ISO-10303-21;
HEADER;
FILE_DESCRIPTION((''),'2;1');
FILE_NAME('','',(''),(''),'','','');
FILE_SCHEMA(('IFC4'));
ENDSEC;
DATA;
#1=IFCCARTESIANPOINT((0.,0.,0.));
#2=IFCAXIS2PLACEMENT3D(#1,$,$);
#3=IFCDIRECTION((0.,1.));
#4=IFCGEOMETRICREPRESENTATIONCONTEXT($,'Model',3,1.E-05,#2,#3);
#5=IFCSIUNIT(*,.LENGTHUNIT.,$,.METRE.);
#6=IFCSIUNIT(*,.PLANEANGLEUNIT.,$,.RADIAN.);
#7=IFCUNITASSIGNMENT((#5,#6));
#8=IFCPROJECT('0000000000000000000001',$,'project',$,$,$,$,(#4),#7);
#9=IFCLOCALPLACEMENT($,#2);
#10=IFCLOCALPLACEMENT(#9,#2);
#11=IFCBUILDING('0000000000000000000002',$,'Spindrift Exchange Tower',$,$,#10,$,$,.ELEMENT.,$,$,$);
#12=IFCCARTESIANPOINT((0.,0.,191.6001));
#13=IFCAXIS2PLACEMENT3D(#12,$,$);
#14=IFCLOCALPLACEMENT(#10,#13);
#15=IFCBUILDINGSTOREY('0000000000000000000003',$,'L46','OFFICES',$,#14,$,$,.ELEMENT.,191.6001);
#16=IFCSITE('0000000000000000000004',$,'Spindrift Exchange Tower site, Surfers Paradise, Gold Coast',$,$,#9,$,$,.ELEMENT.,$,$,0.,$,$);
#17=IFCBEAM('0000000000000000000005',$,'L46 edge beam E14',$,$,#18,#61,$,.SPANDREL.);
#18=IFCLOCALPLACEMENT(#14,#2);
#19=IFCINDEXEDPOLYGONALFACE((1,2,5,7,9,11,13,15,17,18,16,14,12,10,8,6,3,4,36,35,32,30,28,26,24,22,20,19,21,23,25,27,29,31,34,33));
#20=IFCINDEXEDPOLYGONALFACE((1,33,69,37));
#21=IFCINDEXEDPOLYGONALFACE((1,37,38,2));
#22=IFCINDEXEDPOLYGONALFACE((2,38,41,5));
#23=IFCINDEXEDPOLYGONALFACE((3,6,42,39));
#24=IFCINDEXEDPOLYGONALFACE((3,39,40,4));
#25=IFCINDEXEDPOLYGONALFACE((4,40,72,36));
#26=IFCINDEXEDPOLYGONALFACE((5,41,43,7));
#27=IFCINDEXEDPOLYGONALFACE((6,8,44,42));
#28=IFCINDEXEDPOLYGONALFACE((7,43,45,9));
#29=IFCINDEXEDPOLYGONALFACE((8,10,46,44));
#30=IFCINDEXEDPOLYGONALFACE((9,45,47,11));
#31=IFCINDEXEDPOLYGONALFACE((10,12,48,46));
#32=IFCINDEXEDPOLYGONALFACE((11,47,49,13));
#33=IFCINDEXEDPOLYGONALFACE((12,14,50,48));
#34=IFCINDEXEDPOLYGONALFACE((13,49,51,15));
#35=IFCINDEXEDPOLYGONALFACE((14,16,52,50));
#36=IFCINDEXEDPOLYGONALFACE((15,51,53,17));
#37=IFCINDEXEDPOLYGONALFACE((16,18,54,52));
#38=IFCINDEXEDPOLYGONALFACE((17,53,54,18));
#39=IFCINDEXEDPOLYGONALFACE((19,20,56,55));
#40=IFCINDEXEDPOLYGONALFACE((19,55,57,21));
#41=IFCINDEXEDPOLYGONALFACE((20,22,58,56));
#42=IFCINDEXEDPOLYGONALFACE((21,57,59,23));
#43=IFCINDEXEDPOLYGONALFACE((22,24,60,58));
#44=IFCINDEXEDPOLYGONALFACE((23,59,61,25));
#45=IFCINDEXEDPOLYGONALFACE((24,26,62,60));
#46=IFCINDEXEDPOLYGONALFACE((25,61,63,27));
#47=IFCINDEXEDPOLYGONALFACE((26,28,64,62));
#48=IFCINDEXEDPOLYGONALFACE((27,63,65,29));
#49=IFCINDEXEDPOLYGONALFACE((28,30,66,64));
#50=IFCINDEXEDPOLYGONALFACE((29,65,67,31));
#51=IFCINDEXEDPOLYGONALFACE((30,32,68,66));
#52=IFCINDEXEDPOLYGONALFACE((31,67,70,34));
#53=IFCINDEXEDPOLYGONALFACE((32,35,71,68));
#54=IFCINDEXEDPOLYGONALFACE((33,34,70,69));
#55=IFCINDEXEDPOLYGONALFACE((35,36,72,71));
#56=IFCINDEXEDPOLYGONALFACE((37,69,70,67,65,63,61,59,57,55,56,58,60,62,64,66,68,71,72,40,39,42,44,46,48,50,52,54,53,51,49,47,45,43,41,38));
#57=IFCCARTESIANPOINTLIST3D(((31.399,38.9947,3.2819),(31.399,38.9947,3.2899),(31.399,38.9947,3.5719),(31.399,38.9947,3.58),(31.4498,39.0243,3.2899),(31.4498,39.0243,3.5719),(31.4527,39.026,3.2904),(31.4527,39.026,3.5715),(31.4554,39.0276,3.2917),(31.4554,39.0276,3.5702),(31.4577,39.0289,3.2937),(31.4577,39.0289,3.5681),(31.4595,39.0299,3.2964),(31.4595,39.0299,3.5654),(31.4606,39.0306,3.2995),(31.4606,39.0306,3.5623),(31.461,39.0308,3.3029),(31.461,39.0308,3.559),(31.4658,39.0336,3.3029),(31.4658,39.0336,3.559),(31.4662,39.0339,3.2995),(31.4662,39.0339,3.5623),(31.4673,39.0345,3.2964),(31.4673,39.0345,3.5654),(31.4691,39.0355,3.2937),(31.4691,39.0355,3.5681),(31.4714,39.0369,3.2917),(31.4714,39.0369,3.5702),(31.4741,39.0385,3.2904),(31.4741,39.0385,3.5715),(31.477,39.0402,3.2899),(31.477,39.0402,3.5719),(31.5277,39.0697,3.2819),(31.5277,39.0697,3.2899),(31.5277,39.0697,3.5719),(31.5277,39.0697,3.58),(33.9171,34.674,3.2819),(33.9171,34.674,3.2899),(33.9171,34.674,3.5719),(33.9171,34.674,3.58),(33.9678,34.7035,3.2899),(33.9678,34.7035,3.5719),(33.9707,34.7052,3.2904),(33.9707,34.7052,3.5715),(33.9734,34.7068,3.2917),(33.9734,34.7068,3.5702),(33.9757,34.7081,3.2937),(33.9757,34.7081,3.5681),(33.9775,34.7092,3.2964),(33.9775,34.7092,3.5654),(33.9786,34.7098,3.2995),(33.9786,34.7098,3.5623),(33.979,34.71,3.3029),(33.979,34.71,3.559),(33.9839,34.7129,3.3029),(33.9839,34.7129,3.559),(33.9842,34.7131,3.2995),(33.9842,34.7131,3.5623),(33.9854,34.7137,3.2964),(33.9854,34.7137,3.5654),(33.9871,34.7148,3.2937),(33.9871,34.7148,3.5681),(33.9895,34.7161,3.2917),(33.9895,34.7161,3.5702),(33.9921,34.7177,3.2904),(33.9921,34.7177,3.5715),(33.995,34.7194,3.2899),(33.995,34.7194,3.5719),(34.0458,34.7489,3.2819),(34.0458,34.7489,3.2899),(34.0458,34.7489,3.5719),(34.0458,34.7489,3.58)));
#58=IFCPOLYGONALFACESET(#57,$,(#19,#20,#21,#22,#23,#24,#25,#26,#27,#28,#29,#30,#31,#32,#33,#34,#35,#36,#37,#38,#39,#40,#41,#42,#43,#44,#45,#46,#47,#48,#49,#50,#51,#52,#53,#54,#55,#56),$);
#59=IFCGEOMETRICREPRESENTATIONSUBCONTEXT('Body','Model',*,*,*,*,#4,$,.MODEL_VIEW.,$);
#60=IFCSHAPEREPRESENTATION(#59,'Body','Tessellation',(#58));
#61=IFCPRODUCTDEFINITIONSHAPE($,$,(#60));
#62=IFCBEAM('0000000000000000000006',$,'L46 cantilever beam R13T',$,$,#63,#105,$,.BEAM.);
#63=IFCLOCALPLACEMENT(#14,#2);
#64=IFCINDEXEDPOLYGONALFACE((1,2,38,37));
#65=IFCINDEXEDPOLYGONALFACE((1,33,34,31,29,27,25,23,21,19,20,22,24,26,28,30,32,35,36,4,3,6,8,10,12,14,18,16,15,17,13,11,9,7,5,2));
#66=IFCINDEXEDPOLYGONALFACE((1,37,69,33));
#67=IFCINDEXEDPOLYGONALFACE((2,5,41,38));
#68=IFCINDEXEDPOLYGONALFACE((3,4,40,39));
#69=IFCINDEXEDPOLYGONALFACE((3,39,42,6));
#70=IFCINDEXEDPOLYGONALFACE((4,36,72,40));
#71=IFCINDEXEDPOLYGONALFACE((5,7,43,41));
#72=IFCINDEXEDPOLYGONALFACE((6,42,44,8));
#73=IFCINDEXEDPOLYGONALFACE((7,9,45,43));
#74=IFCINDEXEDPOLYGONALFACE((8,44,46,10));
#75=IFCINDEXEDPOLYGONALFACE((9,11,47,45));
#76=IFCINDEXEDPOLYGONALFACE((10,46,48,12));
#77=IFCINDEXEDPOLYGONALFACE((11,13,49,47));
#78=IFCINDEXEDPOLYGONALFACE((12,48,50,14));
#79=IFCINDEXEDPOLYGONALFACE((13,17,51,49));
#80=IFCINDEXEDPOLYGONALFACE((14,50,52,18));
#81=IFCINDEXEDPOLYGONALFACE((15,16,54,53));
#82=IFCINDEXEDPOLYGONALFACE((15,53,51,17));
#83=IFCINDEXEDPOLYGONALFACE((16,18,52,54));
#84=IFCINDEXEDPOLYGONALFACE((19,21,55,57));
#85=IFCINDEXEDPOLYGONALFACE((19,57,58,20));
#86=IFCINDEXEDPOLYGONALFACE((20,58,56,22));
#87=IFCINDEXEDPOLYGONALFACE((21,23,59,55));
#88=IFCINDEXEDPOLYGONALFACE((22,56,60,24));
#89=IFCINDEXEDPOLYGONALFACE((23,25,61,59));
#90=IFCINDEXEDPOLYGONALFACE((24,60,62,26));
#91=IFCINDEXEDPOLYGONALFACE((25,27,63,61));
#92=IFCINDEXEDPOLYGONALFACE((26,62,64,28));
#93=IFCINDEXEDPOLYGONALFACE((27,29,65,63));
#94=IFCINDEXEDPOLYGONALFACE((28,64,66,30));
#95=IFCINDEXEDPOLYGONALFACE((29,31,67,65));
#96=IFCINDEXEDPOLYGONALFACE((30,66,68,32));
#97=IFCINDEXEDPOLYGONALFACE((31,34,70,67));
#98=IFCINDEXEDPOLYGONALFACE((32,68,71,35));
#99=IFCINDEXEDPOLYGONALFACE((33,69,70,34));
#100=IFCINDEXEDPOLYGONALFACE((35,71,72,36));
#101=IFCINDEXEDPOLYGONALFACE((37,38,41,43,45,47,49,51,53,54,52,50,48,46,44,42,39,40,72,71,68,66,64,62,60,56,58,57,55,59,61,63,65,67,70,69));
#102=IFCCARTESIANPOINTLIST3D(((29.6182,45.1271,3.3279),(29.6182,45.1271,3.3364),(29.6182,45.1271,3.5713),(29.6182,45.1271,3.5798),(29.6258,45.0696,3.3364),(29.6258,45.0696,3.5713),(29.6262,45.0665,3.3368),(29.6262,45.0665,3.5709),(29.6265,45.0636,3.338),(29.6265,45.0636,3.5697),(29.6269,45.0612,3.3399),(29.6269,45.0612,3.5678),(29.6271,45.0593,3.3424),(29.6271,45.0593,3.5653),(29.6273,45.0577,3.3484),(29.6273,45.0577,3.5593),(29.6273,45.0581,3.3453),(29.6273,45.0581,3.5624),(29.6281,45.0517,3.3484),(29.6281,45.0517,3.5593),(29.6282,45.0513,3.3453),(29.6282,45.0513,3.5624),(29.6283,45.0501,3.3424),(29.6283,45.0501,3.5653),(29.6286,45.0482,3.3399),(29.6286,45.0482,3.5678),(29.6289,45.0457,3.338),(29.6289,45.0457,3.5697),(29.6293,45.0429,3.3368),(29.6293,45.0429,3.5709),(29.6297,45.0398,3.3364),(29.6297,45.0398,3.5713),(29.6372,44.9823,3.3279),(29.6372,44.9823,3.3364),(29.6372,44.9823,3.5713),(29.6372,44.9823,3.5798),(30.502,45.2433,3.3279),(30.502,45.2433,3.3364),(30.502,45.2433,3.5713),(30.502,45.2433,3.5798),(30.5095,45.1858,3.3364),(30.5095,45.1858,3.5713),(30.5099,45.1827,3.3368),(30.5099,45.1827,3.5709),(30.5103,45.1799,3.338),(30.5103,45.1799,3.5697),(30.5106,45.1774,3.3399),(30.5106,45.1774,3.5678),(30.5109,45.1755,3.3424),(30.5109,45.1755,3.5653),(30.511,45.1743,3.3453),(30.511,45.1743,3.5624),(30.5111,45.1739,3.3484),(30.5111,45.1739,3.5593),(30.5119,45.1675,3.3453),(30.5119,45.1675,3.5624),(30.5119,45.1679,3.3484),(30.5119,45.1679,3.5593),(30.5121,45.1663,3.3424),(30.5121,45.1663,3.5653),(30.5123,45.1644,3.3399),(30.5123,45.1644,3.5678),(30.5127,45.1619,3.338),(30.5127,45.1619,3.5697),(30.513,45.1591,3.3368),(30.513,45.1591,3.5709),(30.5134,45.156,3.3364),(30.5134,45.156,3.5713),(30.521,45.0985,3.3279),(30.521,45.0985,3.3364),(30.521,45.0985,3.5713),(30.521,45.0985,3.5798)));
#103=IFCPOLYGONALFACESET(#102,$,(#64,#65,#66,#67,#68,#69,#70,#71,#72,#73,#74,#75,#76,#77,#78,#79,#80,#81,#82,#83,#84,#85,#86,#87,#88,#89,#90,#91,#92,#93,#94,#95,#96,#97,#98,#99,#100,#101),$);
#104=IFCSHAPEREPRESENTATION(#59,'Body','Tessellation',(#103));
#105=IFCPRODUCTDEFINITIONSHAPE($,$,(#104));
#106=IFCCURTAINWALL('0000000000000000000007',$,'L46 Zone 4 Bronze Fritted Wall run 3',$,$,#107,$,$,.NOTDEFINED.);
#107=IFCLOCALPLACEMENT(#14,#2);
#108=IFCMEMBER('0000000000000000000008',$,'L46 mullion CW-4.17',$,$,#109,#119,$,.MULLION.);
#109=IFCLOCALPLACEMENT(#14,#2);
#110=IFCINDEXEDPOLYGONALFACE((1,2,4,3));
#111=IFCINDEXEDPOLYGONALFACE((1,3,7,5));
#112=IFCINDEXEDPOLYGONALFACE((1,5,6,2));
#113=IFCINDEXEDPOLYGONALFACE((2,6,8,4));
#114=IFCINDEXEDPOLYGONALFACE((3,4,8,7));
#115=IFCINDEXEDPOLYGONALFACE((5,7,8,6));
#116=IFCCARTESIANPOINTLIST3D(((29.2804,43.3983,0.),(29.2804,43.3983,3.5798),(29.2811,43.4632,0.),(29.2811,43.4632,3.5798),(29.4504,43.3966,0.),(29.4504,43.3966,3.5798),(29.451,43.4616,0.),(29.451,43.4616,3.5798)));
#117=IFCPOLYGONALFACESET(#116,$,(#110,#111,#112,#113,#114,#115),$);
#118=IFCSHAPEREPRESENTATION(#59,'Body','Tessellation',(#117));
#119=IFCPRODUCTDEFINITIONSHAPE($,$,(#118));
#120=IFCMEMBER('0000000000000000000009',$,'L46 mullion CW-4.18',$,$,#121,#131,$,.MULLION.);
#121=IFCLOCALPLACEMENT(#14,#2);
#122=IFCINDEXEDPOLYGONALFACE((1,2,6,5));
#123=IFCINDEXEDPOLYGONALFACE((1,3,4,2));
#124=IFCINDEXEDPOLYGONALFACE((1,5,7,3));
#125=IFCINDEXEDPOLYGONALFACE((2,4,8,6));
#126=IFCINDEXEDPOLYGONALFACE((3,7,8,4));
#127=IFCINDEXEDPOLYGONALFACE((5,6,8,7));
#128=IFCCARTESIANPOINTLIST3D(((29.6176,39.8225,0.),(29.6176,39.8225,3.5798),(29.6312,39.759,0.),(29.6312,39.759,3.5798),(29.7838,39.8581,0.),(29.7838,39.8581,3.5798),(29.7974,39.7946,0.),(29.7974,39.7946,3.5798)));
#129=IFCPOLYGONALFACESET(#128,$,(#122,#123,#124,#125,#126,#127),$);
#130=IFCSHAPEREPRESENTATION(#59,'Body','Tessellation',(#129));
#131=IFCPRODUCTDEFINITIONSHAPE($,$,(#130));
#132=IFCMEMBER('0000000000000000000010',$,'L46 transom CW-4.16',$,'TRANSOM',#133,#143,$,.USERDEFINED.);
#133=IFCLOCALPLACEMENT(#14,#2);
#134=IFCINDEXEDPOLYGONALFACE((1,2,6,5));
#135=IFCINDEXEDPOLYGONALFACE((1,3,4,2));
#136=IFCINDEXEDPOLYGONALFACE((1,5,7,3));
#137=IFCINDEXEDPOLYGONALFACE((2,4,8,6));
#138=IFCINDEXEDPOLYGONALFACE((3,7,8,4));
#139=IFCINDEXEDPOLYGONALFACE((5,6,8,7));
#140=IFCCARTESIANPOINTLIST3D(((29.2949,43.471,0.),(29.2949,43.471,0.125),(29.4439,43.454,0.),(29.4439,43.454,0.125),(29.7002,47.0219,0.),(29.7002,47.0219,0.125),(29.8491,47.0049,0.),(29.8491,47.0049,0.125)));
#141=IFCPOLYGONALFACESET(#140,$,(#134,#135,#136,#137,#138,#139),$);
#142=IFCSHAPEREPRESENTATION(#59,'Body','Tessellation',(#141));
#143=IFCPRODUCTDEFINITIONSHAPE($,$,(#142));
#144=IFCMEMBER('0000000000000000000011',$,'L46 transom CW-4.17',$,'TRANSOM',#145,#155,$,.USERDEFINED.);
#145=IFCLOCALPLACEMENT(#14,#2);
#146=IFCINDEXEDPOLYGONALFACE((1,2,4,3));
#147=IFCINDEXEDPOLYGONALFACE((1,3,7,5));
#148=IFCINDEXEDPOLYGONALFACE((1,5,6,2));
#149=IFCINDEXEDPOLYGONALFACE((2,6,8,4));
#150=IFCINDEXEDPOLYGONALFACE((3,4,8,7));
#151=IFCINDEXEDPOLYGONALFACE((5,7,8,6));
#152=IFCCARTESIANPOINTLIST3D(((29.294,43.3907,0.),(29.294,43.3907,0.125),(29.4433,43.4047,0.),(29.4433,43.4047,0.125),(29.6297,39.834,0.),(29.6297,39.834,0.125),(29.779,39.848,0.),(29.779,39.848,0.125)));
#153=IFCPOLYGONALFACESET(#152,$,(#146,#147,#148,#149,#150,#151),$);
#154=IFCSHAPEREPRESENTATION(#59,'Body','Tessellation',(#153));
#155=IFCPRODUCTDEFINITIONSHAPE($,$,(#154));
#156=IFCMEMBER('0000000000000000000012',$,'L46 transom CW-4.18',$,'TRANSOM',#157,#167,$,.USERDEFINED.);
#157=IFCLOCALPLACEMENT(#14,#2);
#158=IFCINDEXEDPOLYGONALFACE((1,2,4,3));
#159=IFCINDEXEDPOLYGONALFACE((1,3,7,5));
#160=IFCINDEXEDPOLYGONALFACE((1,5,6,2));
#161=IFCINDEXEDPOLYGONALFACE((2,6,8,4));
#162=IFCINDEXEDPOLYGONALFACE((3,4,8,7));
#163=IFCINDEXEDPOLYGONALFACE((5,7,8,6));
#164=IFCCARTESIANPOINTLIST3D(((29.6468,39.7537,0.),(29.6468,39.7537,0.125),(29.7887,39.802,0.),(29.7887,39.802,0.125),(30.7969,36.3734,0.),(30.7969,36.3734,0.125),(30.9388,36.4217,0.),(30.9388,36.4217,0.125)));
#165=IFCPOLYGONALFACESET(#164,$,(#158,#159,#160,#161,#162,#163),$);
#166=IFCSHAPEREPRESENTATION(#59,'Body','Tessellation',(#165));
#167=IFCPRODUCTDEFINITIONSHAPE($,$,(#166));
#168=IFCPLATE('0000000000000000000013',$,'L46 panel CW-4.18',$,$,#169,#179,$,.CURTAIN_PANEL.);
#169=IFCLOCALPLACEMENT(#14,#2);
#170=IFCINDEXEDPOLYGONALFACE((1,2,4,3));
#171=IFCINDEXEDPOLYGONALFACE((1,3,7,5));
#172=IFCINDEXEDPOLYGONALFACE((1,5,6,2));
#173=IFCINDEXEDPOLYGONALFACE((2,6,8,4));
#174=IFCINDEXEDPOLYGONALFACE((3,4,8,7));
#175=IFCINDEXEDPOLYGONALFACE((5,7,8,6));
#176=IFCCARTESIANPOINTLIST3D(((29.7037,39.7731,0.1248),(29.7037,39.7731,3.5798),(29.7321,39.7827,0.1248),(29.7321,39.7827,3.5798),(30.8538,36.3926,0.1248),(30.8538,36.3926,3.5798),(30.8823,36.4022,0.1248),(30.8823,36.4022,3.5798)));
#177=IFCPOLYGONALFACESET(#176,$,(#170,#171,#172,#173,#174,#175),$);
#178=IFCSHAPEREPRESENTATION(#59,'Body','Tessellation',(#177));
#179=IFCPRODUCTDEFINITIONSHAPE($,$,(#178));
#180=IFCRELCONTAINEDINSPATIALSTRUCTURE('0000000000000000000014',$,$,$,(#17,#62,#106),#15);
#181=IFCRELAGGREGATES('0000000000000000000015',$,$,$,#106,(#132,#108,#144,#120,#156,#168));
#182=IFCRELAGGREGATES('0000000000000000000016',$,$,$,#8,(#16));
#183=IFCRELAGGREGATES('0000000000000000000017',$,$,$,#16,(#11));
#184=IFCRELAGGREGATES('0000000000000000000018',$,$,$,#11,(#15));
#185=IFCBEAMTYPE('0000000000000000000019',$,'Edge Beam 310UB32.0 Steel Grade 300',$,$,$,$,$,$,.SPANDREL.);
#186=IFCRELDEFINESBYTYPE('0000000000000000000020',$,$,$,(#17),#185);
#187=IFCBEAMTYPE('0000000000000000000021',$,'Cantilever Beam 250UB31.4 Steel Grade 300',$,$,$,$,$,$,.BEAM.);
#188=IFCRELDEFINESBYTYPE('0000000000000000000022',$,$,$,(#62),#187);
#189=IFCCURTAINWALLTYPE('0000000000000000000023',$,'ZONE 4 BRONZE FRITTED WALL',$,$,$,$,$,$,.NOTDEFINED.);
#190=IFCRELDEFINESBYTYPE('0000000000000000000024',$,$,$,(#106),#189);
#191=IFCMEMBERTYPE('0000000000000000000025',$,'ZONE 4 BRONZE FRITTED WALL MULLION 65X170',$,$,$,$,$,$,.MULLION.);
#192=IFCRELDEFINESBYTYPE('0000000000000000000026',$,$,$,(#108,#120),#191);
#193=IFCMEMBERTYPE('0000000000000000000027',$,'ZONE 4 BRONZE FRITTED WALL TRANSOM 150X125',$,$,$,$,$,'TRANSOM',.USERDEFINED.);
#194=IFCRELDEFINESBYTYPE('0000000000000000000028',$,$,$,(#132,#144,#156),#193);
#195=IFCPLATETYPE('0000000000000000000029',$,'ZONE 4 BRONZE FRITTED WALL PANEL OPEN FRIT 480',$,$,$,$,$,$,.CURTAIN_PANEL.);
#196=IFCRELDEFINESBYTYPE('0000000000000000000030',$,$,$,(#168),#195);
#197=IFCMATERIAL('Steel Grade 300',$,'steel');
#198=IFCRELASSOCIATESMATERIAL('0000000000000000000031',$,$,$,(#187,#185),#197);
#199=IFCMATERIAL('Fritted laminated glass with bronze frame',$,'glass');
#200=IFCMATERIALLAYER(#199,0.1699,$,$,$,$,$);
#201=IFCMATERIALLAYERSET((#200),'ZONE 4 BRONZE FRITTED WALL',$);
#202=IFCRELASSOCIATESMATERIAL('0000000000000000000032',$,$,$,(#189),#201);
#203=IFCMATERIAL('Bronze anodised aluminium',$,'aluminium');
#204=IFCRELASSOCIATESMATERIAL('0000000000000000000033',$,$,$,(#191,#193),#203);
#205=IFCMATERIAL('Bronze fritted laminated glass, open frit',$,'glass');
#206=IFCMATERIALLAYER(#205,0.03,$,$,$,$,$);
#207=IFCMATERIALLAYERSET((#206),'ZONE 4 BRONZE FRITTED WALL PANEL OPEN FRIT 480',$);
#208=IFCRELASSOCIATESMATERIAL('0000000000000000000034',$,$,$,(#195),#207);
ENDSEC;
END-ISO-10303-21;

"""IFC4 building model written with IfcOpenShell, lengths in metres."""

from ifc_helpers import new_model, si_unit, direction, frame, origin, origin_2d, place, context, subcontext, project, spatial, rectangle, i_section, extrude, source, transform, mapped, material, layer, layer_set, material_profile, profile_set, type_object, element, aggregate, save


model = new_model("IFC4")

# Units and contexts
model_context = context("Model", 3, precision=1e-05, world=origin(), true_north=direction((0.0, 1.0)))
body_context = subcontext(model_context, "Body", "Model", "MODEL_VIEW")
ifc_project = project(units=[si_unit("LENGTHUNIT", "METRE"), si_unit("PLANEANGLEUNIT", "RADIAN")], contexts=[model_context])

# Site, building, storey
site_placement = place(None, origin())
site = spatial("IfcSite", under=ifc_project, at=site_placement, Name="Spindrift Exchange Tower site, Surfers Paradise, Gold Coast", CompositionType="ELEMENT", RefElevation=0.0)
building_placement = place(site_placement, origin())
building = spatial("IfcBuilding", under=site, at=building_placement, Name="Spindrift Exchange Tower", CompositionType="ELEMENT")
storey_placement = place(building_placement, frame((0.0, 0.0, 191.6001)))
storey = spatial("IfcBuildingStorey", under=building, at=storey_placement, Name="L46", Description="OFFICES", CompositionType="ELEMENT", Elevation=191.6001)

# Beams
ifc_material_1 = material(Name="Steel Grade 300", Category="steel")
ifc_material_profile_1 = material_profile(ifc_material_1, i_section(OverallWidth=0.146, OverallDepth=0.252, WebThickness=0.0061, FlangeThickness=0.0085, FilletRadius=0.012, at=origin_2d()), Name="250UB31.4")
ifc_profile_set_1 = profile_set([ifc_material_profile_1], Name="Steel Grade 300")
beam_type_1 = type_object("IfcBeamType", Name="Cantilever Beam 250UB31.4 Steel Grade 300", PredefinedType="BEAM", material=ifc_profile_set_1)
ifc_material_profile_2 = material_profile(ifc_material_1, i_section(OverallWidth=0.1489, OverallDepth=0.2981, WebThickness=0.0056, FlangeThickness=0.0081, FilletRadius=0.0129, at=origin_2d()), Name="310UB32.0")
ifc_profile_set_2 = profile_set([ifc_material_profile_2], Name="Steel Grade 300")
beam_type_2 = type_object("IfcBeamType", Name="Edge Beam 310UB32.0 Steel Grade 300", PredefinedType="SPANDREL", material=ifc_profile_set_2)
shared_shape_1 = source(origin(), body_context, "Body", "SweptSolid", [
    extrude(i_section(OverallWidth=0.1489, OverallDepth=0.2981, WebThickness=0.0056, FlangeThickness=0.0081, FilletRadius=0.0129, at=origin_2d()), origin(), (0.0, 0.0, 1.0), 5.001),
])
beam_1_placement = place(storey_placement, frame((31.4634, 39.0322, 3.4309), z_axis=(0.503513, -0.863988, 0.0), x_axis=(0.863988, 0.503513, 0.0)))
element("IfcBeam", 1, at=beam_1_placement, inside=storey, type_object=beam_type_2, Name="L46 edge beam E14", PredefinedType="SPANDREL", context=body_context, shape_type="MappedRepresentation", body=[
    mapped(shared_shape_1, transform((0.0, 0.0, 0.0), scale=1.0)),
])
shared_shape_2 = source(origin(), body_context, "Body", "SweptSolid", [
    extrude(i_section(OverallWidth=0.146, OverallDepth=0.252, WebThickness=0.0061, FlangeThickness=0.0085, FilletRadius=0.012, at=origin_2d()), origin(), (0.0, 0.0, 1.0), 0.8914),
])
beam_2_placement = place(storey_placement, frame((30.5115, 45.1709, 3.4539), z_axis=(-0.991465, -0.130369, 0.0), x_axis=(0.130369, -0.991465, 0.0)))
element("IfcBeam", 2, at=beam_2_placement, inside=storey, type_object=beam_type_1, Name="L46 cantilever beam R13T", PredefinedType="BEAM", context=body_context, shape_type="MappedRepresentation", body=[
    mapped(shared_shape_2, transform((0.0, 0.0, 0.0), scale=1.0)),
])

# Curtain wall, members, plate
ifc_material_2 = material(Name="Fritted laminated glass with bronze frame", Category="glass")
ifc_layer_1 = layer(ifc_material_2, 0.1699)
ifc_layer_set_1 = layer_set([ifc_layer_1], Name="ZONE 4 BRONZE FRITTED WALL")
curtain_wall_type = type_object("IfcCurtainWallType", Name="ZONE 4 BRONZE FRITTED WALL", PredefinedType="NOTDEFINED", material=ifc_layer_set_1)
curtain_wall_placement = place(storey_placement, origin())
curtain_wall = element("IfcCurtainWall", 3, at=curtain_wall_placement, inside=storey, type_object=curtain_wall_type, Name="L46 Zone 4 Bronze Fritted Wall run 3", PredefinedType="NOTDEFINED")
ifc_material_3 = material(Name="Bronze anodised aluminium", Category="aluminium")
ifc_material_profile_3 = material_profile(ifc_material_3, rectangle(XDim=0.0649, YDim=0.1699, at=origin_2d()), Name="ZONE 4 BRONZE FRITTED WALL MULLION 65X170")
ifc_profile_set_3 = profile_set([ifc_material_profile_3], Name="Bronze anodised aluminium")
member_type_1 = type_object("IfcMemberType", Name="ZONE 4 BRONZE FRITTED WALL MULLION 65X170", PredefinedType="MULLION", material=ifc_profile_set_3)
shared_shape_3 = source(origin(), body_context, "Body", "SweptSolid", [
    extrude(rectangle(XDim=0.0649, YDim=0.1699, at=origin_2d()), origin(), (0.0, 0.0, 1.0), 3.5798),
])
member_1_placement = place(storey_placement, frame((29.3657, 43.4299, 0.0), z_axis=(0.0, 0.0, 1.0), x_axis=(-0.009785, -0.999952, 0.0)))
member_1 = element("IfcMember", 4, at=member_1_placement, type_object=member_type_1, Name="L46 mullion CW-4.17", PredefinedType="MULLION", context=body_context, shape_type="MappedRepresentation", body=[
    mapped(shared_shape_3, transform((0.0, 0.0, 0.0), scale=1.0)),
])
member_2_placement = place(storey_placement, frame((29.7075, 39.8086, 0.0), z_axis=(0.0, 0.0, 1.0), x_axis=(0.209453, -0.977819, 0.0)))
member_2 = element("IfcMember", 5, at=member_2_placement, type_object=member_type_1, Name="L46 mullion CW-4.18", PredefinedType="MULLION", context=body_context, shape_type="MappedRepresentation", body=[
    mapped(shared_shape_3, transform((0.0, 0.0, 0.0), scale=1.0)),
])
ifc_material_profile_4 = material_profile(ifc_material_3, rectangle(XDim=0.1499, YDim=0.125, at=origin_2d()), Name="ZONE 4 BRONZE FRITTED WALL TRANSOM 150X125")
ifc_profile_set_4 = profile_set([ifc_material_profile_4], Name="Bronze anodised aluminium")
member_type_2 = type_object("IfcMemberType", Name="ZONE 4 BRONZE FRITTED WALL TRANSOM 150X125", ElementType="TRANSOM", PredefinedType="USERDEFINED", material=ifc_profile_set_4)
shared_shape_4 = source(origin(), body_context, "Body", "SweptSolid", [
    extrude(rectangle(XDim=0.1499, YDim=0.125, at=origin_2d()), origin(), (0.0, 0.0, 1.0), 3.574),
])
member_3_placement = place(storey_placement, frame((29.7747, 47.0134, 0.0625), z_axis=(-0.113392, -0.99355, 0.0), x_axis=(0.99355, -0.113392, 0.0)))
member_3 = element("IfcMember", 6, at=member_3_placement, type_object=member_type_2, Name="L46 transom CW-4.16", ObjectType="TRANSOM", PredefinedType="USERDEFINED", context=body_context, shape_type="MappedRepresentation", body=[
    mapped(shared_shape_4, transform((0.0, 0.0, 0.0), scale=1.0)),
])
shared_shape_5 = source(origin(), body_context, "Body", "SweptSolid", [
    extrude(rectangle(XDim=0.1499, YDim=0.125, at=origin_2d()), origin(), (0.0, 0.0, 1.0), 3.5725),
])
member_4_placement = place(storey_placement, frame((29.3687, 43.3977, 0.0625), z_axis=(0.093967, -0.995575, 0.0), x_axis=(0.995575, 0.093967, 0.0)))
member_4 = element("IfcMember", 7, at=member_4_placement, type_object=member_type_2, Name="L46 transom CW-4.17", ObjectType="TRANSOM", PredefinedType="USERDEFINED", context=body_context, shape_type="MappedRepresentation", body=[
    mapped(shared_shape_5, transform((0.0, 0.0, 0.0), scale=1.0)),
])
shared_shape_6 = source(origin(), body_context, "Body", "SweptSolid", [
    extrude(rectangle(XDim=0.1499, YDim=0.125, at=origin_2d()), origin(), (0.0, 0.0, 1.0), 3.5706),
])
member_5_placement = place(storey_placement, frame((29.7178, 39.7778, 0.0625), z_axis=(0.322109, -0.946703, 0.0), x_axis=(0.946703, 0.322109, 0.0)))
member_5 = element("IfcMember", 8, at=member_5_placement, type_object=member_type_2, Name="L46 transom CW-4.18", ObjectType="TRANSOM", PredefinedType="USERDEFINED", context=body_context, shape_type="MappedRepresentation", body=[
    mapped(shared_shape_6, transform((0.0, 0.0, 0.0), scale=1.0)),
])
ifc_material_4 = material(Name="Bronze fritted laminated glass, open frit", Category="glass")
ifc_layer_2 = layer(ifc_material_4, 0.03)
ifc_layer_set_2 = layer_set([ifc_layer_2], Name="ZONE 4 BRONZE FRITTED WALL PANEL OPEN FRIT 480")
plate_type_1 = type_object("IfcPlateType", Name="ZONE 4 BRONZE FRITTED WALL PANEL OPEN FRIT 480", PredefinedType="CURTAIN_PANEL", material=ifc_layer_set_2)
shared_shape_7 = source(origin(), body_context, "Body", "SweptSolid", [
    extrude(rectangle(XDim=3.5708, YDim=0.03, at=origin_2d()), origin(), (0.0, 0.0, 1.0), 3.4551),
])
plate_1_placement = place(storey_placement, frame((30.293, 38.0876, 0.1248), z_axis=(0.0, 0.0, 1.0), x_axis=(0.322105, -0.946704, 0.0)))
plate_1 = element("IfcPlate", 9, at=plate_1_placement, type_object=plate_type_1, Name="L46 panel CW-4.18", PredefinedType="CURTAIN_PANEL", context=body_context, shape_type="MappedRepresentation", body=[
    mapped(shared_shape_7, transform((0.0, 0.0, 0.0), scale=1.0)),
])
aggregate(curtain_wall, [member_3, member_1, member_4, member_2, member_5, plate_1])

save(model, "model.ifc")
